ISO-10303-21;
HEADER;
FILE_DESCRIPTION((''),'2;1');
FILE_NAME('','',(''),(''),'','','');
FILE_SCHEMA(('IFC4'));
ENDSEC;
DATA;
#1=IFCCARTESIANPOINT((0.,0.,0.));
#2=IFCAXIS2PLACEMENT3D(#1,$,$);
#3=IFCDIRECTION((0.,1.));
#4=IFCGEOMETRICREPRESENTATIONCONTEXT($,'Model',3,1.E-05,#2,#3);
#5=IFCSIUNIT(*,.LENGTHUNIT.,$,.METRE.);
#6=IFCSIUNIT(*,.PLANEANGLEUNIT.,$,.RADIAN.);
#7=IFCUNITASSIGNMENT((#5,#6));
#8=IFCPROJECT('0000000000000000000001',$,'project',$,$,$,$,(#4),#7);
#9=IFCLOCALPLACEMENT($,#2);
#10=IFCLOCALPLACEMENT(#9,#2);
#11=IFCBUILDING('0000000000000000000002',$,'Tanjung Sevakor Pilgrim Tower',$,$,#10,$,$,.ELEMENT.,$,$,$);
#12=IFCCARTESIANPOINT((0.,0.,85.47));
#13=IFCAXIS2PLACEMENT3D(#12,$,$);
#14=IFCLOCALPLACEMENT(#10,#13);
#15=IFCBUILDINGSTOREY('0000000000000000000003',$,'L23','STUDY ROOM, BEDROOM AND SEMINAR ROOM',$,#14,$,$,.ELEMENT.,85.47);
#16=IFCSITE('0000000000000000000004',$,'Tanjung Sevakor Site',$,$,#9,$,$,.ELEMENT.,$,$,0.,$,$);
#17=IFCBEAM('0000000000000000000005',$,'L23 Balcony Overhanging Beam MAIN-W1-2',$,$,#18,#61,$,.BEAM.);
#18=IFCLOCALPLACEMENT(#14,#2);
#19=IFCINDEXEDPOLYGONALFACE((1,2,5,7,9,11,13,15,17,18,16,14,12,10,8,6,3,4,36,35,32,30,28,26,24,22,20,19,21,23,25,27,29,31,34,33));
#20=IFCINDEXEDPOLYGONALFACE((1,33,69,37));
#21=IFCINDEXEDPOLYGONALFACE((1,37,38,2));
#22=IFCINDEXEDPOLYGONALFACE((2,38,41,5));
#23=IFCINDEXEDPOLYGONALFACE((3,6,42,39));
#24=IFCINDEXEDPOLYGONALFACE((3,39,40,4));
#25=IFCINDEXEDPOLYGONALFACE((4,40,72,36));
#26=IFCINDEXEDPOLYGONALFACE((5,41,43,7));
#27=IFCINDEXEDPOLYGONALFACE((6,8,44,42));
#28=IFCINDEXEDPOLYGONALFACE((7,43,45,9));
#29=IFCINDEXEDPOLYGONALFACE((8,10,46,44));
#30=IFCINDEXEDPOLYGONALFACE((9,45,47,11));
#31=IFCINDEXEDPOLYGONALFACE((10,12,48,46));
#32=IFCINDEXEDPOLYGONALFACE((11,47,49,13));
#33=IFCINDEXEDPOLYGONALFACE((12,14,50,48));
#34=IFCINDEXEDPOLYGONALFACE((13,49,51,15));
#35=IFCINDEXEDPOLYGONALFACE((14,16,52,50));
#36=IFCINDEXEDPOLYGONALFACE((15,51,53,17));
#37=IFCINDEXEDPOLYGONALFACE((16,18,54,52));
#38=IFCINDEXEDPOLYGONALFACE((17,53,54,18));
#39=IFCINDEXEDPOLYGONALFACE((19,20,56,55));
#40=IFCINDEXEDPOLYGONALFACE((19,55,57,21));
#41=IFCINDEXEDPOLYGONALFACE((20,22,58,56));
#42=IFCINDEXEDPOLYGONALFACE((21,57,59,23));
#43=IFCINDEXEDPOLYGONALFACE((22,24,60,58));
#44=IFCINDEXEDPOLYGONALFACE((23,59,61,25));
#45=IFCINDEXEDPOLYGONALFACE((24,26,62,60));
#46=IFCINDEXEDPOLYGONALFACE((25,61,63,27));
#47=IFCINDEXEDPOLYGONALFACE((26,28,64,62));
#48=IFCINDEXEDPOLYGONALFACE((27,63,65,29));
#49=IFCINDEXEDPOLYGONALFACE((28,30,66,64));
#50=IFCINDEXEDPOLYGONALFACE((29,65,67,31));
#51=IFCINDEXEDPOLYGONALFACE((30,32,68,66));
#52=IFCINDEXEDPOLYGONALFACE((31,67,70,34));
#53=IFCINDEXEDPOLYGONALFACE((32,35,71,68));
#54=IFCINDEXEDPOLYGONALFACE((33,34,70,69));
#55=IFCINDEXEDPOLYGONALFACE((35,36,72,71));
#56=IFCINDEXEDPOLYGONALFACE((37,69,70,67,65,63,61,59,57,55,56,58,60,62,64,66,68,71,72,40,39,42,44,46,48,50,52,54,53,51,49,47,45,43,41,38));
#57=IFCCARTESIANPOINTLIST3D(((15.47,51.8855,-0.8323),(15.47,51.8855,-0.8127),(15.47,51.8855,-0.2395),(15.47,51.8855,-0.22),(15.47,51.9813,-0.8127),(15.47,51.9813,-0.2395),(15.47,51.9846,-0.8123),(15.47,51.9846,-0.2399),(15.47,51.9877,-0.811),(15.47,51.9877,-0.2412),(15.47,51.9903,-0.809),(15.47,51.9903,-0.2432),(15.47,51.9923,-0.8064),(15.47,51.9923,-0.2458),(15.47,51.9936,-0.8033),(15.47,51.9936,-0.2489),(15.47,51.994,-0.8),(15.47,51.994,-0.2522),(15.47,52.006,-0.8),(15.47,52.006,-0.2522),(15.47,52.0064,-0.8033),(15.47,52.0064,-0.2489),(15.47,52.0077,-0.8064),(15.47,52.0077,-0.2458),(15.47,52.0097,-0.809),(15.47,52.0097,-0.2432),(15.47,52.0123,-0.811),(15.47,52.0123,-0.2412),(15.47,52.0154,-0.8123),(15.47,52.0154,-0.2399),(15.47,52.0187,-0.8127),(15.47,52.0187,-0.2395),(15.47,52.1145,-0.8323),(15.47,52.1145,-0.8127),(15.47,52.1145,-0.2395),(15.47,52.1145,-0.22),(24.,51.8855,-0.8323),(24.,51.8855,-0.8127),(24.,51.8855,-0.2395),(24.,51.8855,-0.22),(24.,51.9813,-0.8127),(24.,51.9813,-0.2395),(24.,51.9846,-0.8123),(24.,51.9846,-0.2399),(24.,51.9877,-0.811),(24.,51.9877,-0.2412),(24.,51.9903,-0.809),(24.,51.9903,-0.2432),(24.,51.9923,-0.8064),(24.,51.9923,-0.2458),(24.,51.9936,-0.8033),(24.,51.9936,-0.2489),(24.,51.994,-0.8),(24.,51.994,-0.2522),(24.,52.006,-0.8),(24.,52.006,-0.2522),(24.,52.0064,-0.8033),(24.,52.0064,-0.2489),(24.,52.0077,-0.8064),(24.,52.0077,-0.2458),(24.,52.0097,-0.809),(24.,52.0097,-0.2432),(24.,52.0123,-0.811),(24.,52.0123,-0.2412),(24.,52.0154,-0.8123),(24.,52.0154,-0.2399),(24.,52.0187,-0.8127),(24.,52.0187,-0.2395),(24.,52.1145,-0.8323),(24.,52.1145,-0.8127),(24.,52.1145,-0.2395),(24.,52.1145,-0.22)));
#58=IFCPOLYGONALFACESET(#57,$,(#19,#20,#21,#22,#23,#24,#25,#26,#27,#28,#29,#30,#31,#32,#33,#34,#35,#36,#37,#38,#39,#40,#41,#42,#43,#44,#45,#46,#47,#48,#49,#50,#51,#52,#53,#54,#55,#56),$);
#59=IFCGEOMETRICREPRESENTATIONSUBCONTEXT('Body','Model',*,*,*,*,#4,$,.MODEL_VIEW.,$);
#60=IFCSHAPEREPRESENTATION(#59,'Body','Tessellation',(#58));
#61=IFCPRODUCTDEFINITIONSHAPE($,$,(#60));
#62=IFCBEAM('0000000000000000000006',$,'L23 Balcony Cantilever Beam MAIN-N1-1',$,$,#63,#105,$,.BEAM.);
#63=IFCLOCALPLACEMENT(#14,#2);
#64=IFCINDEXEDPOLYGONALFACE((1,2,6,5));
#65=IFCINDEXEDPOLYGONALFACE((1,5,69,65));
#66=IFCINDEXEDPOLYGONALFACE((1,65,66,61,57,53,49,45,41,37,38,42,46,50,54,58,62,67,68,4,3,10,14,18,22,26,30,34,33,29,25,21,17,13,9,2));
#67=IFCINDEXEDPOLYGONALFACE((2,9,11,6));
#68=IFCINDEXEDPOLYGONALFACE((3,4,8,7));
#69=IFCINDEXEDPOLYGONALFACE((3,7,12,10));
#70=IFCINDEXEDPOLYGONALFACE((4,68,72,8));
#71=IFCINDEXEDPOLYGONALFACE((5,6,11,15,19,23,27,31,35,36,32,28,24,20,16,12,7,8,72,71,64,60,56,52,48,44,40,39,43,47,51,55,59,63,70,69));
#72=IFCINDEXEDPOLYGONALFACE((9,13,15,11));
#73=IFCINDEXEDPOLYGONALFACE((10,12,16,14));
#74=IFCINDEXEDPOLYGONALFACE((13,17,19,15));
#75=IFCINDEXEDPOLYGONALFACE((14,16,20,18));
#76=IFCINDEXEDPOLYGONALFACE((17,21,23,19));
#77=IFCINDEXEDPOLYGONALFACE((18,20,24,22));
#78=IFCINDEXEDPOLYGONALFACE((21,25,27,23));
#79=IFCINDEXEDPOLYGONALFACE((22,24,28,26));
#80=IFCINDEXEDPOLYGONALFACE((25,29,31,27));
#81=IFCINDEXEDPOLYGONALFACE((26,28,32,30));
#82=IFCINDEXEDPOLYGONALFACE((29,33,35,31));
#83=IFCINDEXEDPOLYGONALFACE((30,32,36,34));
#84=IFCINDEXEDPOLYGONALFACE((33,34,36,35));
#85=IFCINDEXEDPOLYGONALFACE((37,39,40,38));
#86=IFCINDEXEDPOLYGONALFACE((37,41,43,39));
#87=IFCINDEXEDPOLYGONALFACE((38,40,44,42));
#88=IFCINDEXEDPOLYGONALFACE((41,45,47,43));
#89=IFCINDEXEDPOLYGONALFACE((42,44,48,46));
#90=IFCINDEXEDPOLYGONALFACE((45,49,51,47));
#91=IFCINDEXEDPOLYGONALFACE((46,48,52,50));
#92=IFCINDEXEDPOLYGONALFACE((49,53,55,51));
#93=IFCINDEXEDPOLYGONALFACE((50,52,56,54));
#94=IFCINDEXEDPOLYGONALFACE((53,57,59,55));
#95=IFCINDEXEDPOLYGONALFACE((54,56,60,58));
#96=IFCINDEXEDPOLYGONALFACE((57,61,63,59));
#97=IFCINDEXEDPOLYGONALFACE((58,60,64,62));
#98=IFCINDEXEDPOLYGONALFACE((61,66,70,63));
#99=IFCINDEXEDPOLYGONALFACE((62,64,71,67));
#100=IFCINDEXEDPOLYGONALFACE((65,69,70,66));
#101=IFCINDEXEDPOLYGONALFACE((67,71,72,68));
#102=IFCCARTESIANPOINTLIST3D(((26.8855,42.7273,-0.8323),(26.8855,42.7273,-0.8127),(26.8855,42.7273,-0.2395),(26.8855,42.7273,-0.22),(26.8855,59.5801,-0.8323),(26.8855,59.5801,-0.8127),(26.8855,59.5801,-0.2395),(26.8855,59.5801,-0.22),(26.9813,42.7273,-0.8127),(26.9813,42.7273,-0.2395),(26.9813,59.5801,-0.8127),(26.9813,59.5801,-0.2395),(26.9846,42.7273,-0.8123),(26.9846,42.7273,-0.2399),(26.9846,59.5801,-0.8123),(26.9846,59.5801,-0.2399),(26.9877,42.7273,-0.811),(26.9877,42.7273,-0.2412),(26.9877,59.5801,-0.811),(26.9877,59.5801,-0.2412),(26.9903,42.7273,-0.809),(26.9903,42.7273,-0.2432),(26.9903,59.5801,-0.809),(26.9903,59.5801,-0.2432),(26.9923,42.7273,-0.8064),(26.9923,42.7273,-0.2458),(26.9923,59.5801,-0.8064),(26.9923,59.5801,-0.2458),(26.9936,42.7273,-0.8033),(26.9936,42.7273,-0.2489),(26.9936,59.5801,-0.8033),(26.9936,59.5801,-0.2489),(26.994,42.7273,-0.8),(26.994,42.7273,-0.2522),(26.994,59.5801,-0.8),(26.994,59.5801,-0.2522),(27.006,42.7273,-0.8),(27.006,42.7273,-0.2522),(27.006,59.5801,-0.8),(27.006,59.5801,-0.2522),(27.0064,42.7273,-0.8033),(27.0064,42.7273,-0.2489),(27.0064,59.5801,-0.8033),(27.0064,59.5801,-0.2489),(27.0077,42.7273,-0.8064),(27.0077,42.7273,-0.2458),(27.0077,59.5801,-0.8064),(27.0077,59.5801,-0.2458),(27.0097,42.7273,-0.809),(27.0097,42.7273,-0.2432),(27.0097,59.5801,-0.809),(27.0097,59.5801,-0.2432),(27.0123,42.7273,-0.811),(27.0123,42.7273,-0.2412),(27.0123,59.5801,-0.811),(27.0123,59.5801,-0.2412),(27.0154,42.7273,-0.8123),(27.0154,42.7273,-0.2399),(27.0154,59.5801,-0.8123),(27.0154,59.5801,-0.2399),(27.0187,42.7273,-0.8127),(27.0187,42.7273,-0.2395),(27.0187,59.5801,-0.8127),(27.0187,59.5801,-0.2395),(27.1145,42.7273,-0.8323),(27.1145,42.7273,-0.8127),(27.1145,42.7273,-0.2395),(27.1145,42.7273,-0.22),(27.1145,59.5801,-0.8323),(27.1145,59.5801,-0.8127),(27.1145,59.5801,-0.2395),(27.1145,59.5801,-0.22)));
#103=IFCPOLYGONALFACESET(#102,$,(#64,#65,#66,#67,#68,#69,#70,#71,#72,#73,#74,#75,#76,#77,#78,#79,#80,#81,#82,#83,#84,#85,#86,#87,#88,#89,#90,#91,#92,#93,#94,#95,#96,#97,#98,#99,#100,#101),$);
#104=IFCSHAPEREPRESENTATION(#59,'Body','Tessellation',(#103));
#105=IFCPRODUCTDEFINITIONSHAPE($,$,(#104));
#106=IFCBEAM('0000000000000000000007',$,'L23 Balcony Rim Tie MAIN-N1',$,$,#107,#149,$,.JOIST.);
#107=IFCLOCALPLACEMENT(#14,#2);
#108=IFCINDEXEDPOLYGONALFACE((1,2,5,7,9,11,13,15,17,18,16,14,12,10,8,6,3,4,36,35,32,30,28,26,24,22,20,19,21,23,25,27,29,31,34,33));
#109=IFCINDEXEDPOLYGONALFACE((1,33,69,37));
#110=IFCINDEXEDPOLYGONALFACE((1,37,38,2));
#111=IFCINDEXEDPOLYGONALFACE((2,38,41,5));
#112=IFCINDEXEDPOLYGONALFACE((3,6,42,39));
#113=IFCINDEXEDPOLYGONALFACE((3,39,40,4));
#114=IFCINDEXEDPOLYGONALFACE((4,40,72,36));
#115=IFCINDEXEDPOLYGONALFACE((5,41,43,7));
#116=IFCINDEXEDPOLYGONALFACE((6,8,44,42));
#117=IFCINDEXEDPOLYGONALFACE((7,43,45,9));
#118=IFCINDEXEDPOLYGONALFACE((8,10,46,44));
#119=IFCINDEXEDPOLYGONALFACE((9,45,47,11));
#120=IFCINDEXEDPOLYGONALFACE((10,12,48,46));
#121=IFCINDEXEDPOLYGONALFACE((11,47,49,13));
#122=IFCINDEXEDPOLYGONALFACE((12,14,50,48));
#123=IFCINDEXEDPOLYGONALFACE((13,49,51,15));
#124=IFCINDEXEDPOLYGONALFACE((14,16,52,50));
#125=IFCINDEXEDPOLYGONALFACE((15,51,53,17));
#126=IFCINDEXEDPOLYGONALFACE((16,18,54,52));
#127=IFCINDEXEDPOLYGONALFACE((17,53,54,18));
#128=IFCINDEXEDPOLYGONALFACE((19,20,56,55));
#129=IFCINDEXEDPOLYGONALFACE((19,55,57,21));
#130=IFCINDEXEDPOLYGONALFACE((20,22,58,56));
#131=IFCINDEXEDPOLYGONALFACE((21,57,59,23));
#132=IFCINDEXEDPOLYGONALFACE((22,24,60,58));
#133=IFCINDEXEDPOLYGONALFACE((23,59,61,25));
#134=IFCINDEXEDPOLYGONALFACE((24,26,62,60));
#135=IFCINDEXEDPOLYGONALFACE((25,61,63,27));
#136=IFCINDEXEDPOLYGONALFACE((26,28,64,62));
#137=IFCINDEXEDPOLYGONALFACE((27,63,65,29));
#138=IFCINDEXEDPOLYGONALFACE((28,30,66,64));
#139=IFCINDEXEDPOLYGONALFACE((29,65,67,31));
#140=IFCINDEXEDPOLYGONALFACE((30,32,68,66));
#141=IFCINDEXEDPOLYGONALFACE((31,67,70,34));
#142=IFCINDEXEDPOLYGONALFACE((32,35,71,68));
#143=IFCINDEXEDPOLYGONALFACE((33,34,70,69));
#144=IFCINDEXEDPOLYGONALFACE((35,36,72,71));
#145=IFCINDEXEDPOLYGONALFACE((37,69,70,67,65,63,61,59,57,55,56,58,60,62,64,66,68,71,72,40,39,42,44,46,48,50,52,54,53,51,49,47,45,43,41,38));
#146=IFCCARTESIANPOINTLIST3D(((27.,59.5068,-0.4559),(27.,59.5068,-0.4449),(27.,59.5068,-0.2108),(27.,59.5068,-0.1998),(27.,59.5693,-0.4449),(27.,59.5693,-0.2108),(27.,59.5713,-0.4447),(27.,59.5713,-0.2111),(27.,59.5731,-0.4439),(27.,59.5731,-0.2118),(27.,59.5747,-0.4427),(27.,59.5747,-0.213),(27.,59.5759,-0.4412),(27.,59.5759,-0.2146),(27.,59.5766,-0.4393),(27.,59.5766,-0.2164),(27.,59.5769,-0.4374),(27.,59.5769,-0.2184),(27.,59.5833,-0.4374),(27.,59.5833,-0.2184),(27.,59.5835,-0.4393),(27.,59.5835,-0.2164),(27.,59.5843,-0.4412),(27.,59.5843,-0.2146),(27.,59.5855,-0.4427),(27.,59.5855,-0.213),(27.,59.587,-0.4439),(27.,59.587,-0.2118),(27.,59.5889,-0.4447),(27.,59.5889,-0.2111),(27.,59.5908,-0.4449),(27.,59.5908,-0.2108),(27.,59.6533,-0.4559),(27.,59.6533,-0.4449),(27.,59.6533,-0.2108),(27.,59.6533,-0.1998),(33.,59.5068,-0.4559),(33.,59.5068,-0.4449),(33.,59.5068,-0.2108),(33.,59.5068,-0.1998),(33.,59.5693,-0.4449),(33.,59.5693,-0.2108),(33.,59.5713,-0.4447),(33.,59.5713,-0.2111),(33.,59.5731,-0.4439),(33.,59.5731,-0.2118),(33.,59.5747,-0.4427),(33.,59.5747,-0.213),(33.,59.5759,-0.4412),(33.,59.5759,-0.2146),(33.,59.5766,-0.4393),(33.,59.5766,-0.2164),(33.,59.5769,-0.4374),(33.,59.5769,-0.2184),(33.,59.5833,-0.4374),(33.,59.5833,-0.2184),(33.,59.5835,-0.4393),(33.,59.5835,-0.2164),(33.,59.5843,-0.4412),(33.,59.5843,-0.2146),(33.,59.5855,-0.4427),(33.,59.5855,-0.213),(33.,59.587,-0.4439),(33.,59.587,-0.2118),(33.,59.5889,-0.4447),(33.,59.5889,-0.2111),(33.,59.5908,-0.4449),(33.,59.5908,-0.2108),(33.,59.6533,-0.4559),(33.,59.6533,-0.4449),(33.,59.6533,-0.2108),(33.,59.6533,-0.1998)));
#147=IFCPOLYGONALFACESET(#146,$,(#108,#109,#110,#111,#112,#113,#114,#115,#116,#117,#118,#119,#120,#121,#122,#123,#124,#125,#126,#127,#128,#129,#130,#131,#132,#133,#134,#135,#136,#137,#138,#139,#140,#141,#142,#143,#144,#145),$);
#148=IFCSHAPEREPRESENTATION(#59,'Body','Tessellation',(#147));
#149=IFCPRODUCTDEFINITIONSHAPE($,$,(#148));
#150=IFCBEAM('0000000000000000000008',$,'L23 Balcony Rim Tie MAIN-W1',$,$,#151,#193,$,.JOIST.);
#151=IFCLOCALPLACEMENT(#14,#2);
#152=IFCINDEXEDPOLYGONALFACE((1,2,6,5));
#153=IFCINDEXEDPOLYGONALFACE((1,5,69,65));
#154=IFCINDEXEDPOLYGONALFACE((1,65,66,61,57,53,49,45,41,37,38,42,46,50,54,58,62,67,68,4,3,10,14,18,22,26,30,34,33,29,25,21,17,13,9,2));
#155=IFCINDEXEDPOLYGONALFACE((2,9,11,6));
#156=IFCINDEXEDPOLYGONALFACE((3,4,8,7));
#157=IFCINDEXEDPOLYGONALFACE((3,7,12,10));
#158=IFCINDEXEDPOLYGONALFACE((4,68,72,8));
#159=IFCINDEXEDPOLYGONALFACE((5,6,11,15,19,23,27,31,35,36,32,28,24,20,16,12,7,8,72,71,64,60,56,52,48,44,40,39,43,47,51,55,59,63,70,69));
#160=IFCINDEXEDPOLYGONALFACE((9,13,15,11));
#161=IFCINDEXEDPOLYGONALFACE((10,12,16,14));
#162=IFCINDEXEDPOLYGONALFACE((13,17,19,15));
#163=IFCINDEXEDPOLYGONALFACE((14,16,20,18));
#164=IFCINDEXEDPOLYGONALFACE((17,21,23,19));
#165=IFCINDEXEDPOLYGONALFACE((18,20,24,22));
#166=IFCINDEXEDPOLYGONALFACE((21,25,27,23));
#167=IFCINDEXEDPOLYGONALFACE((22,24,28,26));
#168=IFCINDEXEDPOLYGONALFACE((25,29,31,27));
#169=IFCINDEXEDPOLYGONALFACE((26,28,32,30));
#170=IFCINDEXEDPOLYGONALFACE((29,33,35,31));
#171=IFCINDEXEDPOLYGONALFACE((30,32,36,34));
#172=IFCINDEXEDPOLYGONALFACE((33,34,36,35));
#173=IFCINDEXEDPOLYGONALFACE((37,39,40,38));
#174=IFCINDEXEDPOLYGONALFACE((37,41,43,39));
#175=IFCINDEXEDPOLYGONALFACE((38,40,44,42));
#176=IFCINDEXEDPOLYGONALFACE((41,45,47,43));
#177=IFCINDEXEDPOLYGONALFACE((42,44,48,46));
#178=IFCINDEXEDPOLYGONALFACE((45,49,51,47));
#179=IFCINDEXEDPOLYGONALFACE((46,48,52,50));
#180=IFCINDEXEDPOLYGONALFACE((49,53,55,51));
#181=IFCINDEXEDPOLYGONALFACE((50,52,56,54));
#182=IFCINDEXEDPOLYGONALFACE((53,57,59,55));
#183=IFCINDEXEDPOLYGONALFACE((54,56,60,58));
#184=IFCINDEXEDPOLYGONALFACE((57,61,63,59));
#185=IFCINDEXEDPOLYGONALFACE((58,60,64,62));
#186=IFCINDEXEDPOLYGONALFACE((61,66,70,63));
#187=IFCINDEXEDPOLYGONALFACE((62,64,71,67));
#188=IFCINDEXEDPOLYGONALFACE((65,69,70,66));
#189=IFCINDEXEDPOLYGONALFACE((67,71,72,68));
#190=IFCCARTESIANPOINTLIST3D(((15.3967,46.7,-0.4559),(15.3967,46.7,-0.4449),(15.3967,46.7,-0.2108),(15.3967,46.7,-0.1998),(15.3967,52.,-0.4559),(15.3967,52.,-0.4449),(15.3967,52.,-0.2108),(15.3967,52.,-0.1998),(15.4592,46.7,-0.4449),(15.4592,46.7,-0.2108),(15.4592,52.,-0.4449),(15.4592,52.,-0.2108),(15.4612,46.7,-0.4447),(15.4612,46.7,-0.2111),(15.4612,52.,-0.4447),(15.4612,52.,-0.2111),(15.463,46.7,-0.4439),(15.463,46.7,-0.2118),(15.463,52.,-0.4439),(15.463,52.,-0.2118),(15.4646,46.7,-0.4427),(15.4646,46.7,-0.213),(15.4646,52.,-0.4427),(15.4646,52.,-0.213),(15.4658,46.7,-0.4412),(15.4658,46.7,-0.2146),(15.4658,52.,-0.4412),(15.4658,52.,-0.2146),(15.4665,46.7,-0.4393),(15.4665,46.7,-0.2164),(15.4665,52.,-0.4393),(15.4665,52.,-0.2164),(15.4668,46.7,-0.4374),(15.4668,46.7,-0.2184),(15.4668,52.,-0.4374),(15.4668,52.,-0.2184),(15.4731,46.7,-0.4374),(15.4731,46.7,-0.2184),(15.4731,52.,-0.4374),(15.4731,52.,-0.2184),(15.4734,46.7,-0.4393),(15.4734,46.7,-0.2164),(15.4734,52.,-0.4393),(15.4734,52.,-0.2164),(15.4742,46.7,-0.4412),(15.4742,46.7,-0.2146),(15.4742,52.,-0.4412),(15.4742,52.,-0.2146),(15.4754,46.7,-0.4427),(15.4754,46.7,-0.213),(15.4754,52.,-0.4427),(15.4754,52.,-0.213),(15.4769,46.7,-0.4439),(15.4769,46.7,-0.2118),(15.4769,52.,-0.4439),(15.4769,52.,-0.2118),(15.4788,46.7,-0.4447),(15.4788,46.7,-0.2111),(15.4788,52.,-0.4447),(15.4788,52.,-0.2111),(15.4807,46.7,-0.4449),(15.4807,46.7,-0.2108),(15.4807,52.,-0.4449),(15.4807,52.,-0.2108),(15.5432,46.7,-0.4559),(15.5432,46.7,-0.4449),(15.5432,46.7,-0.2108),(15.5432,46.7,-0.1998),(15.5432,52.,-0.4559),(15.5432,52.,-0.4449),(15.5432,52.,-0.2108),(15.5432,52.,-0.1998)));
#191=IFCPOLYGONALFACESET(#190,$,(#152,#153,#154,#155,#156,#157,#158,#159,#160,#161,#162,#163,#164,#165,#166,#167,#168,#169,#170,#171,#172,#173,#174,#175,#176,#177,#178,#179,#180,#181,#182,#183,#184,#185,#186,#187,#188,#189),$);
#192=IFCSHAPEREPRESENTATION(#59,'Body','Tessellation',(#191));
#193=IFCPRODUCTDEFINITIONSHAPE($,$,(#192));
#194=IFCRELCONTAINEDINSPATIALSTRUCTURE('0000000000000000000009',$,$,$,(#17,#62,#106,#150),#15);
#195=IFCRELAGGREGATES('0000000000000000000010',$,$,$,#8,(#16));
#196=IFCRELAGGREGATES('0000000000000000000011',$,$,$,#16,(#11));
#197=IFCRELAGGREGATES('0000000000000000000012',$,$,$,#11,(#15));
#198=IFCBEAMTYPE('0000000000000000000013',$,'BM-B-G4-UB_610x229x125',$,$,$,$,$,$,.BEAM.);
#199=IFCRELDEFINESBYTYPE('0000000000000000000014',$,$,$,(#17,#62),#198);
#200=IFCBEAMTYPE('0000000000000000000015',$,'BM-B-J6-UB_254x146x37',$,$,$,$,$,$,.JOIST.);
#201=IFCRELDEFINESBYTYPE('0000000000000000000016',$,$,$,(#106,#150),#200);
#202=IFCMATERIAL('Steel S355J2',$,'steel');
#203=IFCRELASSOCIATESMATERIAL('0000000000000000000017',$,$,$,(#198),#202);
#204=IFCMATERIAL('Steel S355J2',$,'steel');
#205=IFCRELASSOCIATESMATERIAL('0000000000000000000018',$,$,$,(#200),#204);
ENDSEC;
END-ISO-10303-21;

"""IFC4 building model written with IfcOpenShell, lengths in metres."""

from ifc_helpers import new_model, si_unit, direction, frame, origin, origin_2d, place, context, subcontext, project, spatial, i_section, extrude, material, material_profile, profile_set, type_object, element, save


model = new_model("IFC4")

# Units and contexts
model_context = context("Model", 3, precision=1e-05, world=origin(), true_north=direction((0.0, 1.0)))
body_context = subcontext(model_context, "Body", "Model", "MODEL_VIEW")
ifc_project = project(units=[si_unit("LENGTHUNIT", "METRE"), si_unit("PLANEANGLEUNIT", "RADIAN")], contexts=[model_context])

# Site, building, storey
site_placement = place(None, origin())
site = spatial("IfcSite", under=ifc_project, at=site_placement, Name="Tanjung Sevakor Site", CompositionType="ELEMENT", RefElevation=0.0)
building_placement = place(site_placement, origin())
building = spatial("IfcBuilding", under=site, at=building_placement, Name="Tanjung Sevakor Pilgrim Tower", CompositionType="ELEMENT")
storey_placement = place(building_placement, frame((0.0, 0.0, 85.47)))
storey = spatial("IfcBuildingStorey", under=building, at=storey_placement, Name="L23", Description="STUDY ROOM, BEDROOM AND SEMINAR ROOM", CompositionType="ELEMENT", Elevation=85.47)

# Beams
ifc_material_1 = material(Name="Steel S355J2", Category="steel")
ifc_material_profile_1 = material_profile(ifc_material_1, i_section(OverallWidth=0.229, OverallDepth=0.6123, WebThickness=0.012, FlangeThickness=0.0195, FilletRadius=0.0127, at=origin_2d()))
ifc_profile_set_1 = profile_set([ifc_material_profile_1], Name="Steel S355J2")
beam_type_1 = type_object("IfcBeamType", Name="BM-B-G4-UB_610x229x125", PredefinedType="BEAM", material=ifc_profile_set_1)
for number, where, z_axis, x_axis, name in (
    (1, (24.0, 52.0, -0.5261), (-1.0, 0.0, 0.0), (0.0, -1.0, 0.0), "L23 Balcony Overhanging Beam MAIN-W1-2"),
):
    element("IfcBeam", number, at=place(storey_placement, frame(where, z_axis=z_axis, x_axis=x_axis)), inside=storey, type_object=beam_type_1, Name=name, PredefinedType="BEAM", context=body_context, shape_type="SweptSolid", body=[
        extrude(i_section(OverallWidth=0.229, OverallDepth=0.6123, WebThickness=0.012, FlangeThickness=0.0195, FilletRadius=0.0127, at=origin_2d()), origin(), (0.0, 0.0, 1.0), 8.53),
    ])
beam_1_placement = place(storey_placement, frame((27.0, 42.7273, -0.5261), z_axis=(0.0, 1.0, 0.0), x_axis=(-1.0, 0.0, 0.0)))
element("IfcBeam", 2, at=beam_1_placement, inside=storey, type_object=beam_type_1, Name="L23 Balcony Cantilever Beam MAIN-N1-1", PredefinedType="BEAM", context=body_context, shape_type="SweptSolid", body=[
    extrude(i_section(OverallWidth=0.229, OverallDepth=0.6123, WebThickness=0.012, FlangeThickness=0.0195, FilletRadius=0.0127, at=origin_2d()), origin(), (0.0, 0.0, 1.0), 16.8528),
])
ifc_material_2 = material(Name="Steel S355J2", Category="steel")
ifc_material_profile_2 = material_profile(ifc_material_2, i_section(OverallWidth=0.1465, OverallDepth=0.2561, WebThickness=0.0063, FlangeThickness=0.011, FilletRadius=0.0076, at=origin_2d()))
ifc_profile_set_2 = profile_set([ifc_material_profile_2], Name="Steel S355J2")
beam_type_2 = type_object("IfcBeamType", Name="BM-B-J6-UB_254x146x37", PredefinedType="JOIST", material=ifc_profile_set_2)
beam_2_placement = place(storey_placement, frame((27.0, 59.5801, -0.3279), z_axis=(1.0, 0.0, 0.0), x_axis=(0.0, 1.0, 0.0)))
element("IfcBeam", 3, at=beam_2_placement, inside=storey, type_object=beam_type_2, Name="L23 Balcony Rim Tie MAIN-N1", PredefinedType="JOIST", context=body_context, shape_type="SweptSolid", body=[
    extrude(i_section(OverallWidth=0.1465, OverallDepth=0.2561, WebThickness=0.0063, FlangeThickness=0.011, FilletRadius=0.0076, at=origin_2d()), origin(), (0.0, 0.0, 1.0), 6.0),
])
beam_3_placement = place(storey_placement, frame((15.47, 46.7, -0.3279), z_axis=(0.0, 1.0, 0.0), x_axis=(-1.0, 0.0, 0.0)))
element("IfcBeam", 4, at=beam_3_placement, inside=storey, type_object=beam_type_2, Name="L23 Balcony Rim Tie MAIN-W1", PredefinedType="JOIST", context=body_context, shape_type="SweptSolid", body=[
    extrude(i_section(OverallWidth=0.1465, OverallDepth=0.2561, WebThickness=0.0063, FlangeThickness=0.011, FilletRadius=0.0076, at=origin_2d()), origin(), (0.0, 0.0, 1.0), 5.3),
])

save(model, "model.ifc")
